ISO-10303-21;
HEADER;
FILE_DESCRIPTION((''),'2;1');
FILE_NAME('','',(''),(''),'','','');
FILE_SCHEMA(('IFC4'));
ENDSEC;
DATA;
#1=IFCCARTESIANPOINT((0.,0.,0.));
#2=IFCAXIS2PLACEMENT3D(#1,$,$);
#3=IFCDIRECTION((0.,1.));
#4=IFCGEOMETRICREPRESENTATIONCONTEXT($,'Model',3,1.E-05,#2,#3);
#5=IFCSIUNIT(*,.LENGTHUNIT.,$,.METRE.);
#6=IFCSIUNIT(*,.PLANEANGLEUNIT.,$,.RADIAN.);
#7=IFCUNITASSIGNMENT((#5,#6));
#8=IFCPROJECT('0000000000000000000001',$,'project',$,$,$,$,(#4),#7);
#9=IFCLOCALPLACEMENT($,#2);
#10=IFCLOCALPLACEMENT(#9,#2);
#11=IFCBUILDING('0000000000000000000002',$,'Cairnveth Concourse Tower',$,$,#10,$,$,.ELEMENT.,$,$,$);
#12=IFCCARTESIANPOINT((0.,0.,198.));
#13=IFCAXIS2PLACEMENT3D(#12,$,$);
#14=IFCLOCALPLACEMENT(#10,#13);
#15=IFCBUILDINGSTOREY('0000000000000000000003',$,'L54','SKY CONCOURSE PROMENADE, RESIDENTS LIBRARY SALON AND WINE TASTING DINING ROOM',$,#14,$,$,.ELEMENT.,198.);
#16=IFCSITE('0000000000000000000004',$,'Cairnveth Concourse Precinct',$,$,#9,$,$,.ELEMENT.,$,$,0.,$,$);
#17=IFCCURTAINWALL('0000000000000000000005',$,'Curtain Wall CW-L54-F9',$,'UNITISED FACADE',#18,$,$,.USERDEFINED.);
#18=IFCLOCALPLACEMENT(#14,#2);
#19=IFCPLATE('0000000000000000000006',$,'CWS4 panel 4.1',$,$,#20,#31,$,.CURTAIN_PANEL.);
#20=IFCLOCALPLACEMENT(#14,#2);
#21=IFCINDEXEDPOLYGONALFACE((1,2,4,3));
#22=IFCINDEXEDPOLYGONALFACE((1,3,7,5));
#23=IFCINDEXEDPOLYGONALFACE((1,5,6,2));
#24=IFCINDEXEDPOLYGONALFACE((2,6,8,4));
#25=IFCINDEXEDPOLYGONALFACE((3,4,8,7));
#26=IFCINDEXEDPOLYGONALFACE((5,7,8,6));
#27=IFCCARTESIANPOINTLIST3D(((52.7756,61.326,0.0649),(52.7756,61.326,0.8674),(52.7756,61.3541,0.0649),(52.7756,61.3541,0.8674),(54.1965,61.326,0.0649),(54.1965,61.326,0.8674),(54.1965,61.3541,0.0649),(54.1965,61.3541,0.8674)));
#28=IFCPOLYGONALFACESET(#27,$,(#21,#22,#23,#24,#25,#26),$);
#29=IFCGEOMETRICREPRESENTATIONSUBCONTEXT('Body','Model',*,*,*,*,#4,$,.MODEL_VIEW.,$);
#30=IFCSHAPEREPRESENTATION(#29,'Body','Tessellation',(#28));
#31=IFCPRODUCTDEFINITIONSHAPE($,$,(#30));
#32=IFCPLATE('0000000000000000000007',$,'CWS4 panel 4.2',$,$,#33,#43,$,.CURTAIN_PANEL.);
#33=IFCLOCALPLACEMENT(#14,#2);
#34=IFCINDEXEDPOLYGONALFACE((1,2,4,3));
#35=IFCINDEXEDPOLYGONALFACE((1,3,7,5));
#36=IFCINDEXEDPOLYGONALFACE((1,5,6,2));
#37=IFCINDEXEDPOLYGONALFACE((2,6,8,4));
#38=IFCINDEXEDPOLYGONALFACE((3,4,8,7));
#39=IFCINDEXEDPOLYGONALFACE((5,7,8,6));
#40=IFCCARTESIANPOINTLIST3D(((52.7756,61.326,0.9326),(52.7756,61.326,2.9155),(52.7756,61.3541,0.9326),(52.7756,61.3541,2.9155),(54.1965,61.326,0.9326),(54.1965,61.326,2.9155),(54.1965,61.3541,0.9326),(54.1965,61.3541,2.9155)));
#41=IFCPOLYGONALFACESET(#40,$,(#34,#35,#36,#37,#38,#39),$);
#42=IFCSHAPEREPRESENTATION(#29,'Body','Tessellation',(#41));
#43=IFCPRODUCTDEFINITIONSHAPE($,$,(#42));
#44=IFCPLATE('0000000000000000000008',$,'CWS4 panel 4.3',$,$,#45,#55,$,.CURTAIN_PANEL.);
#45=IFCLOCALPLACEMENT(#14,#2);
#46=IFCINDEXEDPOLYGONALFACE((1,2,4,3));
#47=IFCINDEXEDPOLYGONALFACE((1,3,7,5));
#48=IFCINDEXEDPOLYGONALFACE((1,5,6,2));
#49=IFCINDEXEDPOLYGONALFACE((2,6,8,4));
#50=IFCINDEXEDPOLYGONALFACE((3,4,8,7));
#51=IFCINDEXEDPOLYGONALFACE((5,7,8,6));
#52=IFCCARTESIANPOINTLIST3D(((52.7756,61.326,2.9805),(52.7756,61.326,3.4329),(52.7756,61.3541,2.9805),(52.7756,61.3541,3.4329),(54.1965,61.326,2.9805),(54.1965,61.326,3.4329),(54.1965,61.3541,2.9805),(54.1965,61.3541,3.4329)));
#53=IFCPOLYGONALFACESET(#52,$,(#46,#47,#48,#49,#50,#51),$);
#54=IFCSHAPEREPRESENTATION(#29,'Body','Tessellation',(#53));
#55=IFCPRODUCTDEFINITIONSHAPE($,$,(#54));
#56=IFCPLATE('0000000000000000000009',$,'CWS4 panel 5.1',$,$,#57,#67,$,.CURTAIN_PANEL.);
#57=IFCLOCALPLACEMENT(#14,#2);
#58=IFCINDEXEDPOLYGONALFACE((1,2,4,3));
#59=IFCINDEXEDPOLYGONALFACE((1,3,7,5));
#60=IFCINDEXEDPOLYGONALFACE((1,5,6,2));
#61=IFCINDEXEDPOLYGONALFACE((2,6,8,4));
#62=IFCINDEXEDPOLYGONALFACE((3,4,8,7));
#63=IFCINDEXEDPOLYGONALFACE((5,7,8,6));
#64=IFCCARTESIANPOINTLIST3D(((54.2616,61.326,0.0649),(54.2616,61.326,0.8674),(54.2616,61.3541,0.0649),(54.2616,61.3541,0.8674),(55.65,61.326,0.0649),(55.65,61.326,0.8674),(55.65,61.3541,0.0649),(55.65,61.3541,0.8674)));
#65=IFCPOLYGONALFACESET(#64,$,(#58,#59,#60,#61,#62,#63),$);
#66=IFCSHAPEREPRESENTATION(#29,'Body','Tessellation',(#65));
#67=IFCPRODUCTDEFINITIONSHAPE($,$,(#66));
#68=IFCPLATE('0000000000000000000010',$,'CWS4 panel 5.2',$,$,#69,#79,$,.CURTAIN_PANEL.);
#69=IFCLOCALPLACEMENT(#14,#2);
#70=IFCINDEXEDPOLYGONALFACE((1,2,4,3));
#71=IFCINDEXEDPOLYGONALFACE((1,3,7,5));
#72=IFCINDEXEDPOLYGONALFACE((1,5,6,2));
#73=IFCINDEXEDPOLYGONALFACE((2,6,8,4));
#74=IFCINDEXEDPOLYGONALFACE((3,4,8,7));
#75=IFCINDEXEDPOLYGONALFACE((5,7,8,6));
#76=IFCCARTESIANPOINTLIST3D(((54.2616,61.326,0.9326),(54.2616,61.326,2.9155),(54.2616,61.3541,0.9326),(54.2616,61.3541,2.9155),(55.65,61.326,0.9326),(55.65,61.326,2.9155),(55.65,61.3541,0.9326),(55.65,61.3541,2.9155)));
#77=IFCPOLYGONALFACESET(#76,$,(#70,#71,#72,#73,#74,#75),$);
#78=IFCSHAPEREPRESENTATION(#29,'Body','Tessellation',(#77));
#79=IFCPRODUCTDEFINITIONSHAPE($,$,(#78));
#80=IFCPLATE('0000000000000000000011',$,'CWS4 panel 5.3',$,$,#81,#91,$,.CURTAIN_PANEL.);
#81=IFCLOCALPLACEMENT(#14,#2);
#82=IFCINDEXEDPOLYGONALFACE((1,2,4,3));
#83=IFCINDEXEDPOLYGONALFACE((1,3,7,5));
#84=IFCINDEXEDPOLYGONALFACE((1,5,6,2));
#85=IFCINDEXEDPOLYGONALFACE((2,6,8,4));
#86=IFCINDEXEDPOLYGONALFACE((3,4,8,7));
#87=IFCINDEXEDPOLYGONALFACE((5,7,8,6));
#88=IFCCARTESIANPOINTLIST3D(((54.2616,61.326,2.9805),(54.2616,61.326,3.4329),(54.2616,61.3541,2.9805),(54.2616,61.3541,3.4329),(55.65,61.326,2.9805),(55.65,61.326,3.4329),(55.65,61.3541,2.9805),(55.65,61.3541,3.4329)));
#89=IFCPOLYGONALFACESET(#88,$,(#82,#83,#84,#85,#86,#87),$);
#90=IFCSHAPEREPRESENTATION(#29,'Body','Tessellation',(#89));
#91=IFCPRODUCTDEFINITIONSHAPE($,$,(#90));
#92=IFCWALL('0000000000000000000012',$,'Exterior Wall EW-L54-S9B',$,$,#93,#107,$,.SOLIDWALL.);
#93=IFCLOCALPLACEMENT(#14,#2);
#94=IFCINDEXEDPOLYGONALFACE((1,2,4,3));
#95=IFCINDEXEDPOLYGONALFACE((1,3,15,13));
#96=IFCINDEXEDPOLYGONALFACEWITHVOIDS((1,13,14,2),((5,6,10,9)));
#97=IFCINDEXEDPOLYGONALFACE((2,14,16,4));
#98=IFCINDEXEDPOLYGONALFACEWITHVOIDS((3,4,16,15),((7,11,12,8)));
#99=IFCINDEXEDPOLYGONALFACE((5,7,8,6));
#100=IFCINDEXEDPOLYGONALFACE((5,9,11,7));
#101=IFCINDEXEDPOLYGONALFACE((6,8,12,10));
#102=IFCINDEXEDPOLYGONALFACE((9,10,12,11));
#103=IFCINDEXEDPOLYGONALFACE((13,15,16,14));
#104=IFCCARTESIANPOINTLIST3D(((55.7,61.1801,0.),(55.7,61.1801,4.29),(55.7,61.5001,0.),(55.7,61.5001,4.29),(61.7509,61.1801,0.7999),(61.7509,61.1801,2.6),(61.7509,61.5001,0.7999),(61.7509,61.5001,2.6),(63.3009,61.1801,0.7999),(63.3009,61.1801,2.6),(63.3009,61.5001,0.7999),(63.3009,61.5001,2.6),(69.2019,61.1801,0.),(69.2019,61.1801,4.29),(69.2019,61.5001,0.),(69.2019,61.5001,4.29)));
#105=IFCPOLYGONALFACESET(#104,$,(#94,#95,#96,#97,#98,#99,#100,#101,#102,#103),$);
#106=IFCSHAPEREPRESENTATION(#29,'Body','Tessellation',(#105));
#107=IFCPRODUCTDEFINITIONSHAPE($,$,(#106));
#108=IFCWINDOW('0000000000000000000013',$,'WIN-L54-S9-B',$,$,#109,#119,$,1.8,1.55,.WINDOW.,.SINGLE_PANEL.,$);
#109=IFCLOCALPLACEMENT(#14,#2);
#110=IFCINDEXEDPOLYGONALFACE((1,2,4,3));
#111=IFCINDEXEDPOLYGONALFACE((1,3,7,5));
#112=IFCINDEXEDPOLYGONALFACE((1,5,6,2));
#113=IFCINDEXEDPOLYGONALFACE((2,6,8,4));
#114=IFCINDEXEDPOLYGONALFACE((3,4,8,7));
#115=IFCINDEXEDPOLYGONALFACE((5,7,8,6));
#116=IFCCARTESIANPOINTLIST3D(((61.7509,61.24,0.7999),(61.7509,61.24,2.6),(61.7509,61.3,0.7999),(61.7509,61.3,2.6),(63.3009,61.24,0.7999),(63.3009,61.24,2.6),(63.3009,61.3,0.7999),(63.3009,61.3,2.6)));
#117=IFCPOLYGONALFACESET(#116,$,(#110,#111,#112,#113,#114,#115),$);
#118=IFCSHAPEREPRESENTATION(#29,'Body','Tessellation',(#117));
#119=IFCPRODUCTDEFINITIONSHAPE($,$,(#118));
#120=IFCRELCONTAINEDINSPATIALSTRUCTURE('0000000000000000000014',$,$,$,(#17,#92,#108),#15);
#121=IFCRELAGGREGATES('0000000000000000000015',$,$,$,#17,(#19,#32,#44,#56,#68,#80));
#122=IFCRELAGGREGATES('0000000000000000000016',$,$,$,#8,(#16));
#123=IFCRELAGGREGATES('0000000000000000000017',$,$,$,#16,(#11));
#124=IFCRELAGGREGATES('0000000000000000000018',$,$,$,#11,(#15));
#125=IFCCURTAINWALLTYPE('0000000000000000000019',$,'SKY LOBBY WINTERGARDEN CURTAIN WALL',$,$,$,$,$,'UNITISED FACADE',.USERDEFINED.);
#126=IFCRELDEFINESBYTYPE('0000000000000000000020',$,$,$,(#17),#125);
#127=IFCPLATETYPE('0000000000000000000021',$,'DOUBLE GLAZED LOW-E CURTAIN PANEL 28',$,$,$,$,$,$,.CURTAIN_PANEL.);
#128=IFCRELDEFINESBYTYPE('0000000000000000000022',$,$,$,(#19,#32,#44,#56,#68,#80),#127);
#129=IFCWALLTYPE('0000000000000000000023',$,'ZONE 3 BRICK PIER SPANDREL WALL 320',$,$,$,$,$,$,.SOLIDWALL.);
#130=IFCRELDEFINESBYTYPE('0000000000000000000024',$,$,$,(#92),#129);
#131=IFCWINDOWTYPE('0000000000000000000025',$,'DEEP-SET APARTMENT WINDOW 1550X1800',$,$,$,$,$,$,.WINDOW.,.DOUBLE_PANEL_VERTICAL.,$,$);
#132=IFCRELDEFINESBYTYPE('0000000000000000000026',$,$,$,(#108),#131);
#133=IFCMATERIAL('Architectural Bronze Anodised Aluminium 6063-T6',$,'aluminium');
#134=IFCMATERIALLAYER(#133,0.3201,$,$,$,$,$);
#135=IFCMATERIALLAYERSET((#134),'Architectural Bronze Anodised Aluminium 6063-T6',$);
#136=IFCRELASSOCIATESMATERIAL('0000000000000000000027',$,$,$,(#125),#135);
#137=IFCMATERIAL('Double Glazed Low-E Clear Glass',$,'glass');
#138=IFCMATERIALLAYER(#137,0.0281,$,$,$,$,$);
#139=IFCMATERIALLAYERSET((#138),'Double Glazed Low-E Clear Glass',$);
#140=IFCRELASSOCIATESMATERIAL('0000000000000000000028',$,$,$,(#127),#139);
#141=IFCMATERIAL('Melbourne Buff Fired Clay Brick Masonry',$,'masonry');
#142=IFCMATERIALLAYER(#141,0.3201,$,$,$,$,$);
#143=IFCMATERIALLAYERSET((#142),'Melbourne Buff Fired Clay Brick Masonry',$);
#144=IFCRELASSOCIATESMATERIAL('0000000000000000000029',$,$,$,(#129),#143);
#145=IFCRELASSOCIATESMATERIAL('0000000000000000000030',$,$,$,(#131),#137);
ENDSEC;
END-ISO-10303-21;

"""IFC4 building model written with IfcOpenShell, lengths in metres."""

from ifc_helpers import new_model, si_unit, direction, frame, frame_2d, origin, origin_2d, place, context, subcontext, project, spatial, rectangle, extrude, material, layer, layer_set, type_object, element, fill, aggregate, save


model = new_model("IFC4")

# Units and contexts
model_context = context("Model", 3, precision=1e-05, world=origin(), true_north=direction((0.0, 1.0)))
body_context = subcontext(model_context, "Body", "Model", "MODEL_VIEW")
ifc_project = project(units=[si_unit("LENGTHUNIT", "METRE"), si_unit("PLANEANGLEUNIT", "RADIAN")], contexts=[model_context])

# Site, building, storey
site_placement = place(None, origin())
site = spatial("IfcSite", under=ifc_project, at=site_placement, Name="Cairnveth Concourse Precinct", CompositionType="ELEMENT", RefElevation=0.0)
building_placement = place(site_placement, origin())
building = spatial("IfcBuilding", under=site, at=building_placement, Name="Cairnveth Concourse Tower", CompositionType="ELEMENT")
storey_placement = place(building_placement, frame((0.0, 0.0, 198.0)))
storey = spatial("IfcBuildingStorey", under=building, at=storey_placement, Name="L54", Description="SKY CONCOURSE PROMENADE, RESIDENTS LIBRARY SALON AND WINE TASTING DINING ROOM", CompositionType="ELEMENT", Elevation=198.0)

# Curtain wall, plates
ifc_material_1 = material(Name="Architectural Bronze Anodised Aluminium 6063-T6", Category="aluminium")
ifc_layer_1 = layer(ifc_material_1, 0.3201)
ifc_layer_set_1 = layer_set([ifc_layer_1], Name="Architectural Bronze Anodised Aluminium 6063-T6")
curtain_wall_type = type_object("IfcCurtainWallType", Name="SKY LOBBY WINTERGARDEN CURTAIN WALL", ElementType="UNITISED FACADE", PredefinedType="USERDEFINED", material=ifc_layer_set_1)
curtain_wall_placement = place(storey_placement, origin())
curtain_wall = element("IfcCurtainWall", 1, at=curtain_wall_placement, inside=storey, type_object=curtain_wall_type, Name="Curtain Wall CW-L54-F9", ObjectType="UNITISED FACADE", PredefinedType="USERDEFINED")
ifc_material_2 = material(Name="Double Glazed Low-E Clear Glass", Category="glass")
ifc_layer_2 = layer(ifc_material_2, 0.0281)
ifc_layer_set_2 = layer_set([ifc_layer_2], Name="Double Glazed Low-E Clear Glass")
plate_type = type_object("IfcPlateType", Name="DOUBLE GLAZED LOW-E CURTAIN PANEL 28", PredefinedType="CURTAIN_PANEL", material=ifc_layer_set_2)
plate_1_placement = place(storey_placement, frame((53.4861, 61.3401, 0.0649), z_axis=(0.0, 0.0, 1.0), x_axis=(1.0, 0.0, 0.0)))
plate_1 = element("IfcPlate", 2, at=plate_1_placement, type_object=plate_type, Name="CWS4 panel 4.1", PredefinedType="CURTAIN_PANEL", context=body_context, shape_type="SweptSolid", body=[
    extrude(rectangle(XDim=1.4209, YDim=0.0281, at=origin_2d()), origin(), (0.0, 0.0, 1.0), 0.8025),
])
plate_2_placement = place(storey_placement, frame((53.4861, 61.3401, 0.9326), z_axis=(0.0, 0.0, 1.0), x_axis=(1.0, 0.0, 0.0)))
plate_2 = element("IfcPlate", 3, at=plate_2_placement, type_object=plate_type, Name="CWS4 panel 4.2", PredefinedType="CURTAIN_PANEL", context=body_context, shape_type="SweptSolid", body=[
    extrude(rectangle(XDim=1.4209, YDim=0.0281, at=origin_2d()), origin(), (0.0, 0.0, 1.0), 1.9829),
])
plate_3_placement = place(storey_placement, frame((53.4861, 61.3401, 2.9805), z_axis=(0.0, 0.0, 1.0), x_axis=(1.0, 0.0, 0.0)))
plate_3 = element("IfcPlate", 4, at=plate_3_placement, type_object=plate_type, Name="CWS4 panel 4.3", PredefinedType="CURTAIN_PANEL", context=body_context, shape_type="SweptSolid", body=[
    extrude(rectangle(XDim=1.4209, YDim=0.0281, at=origin_2d()), origin(), (0.0, 0.0, 1.0), 0.4524),
])
plate_4_placement = place(storey_placement, frame((54.9558, 61.3401, 0.0649), z_axis=(0.0, 0.0, 1.0), x_axis=(1.0, 0.0, 0.0)))
plate_4 = element("IfcPlate", 5, at=plate_4_placement, type_object=plate_type, Name="CWS4 panel 5.1", PredefinedType="CURTAIN_PANEL", context=body_context, shape_type="SweptSolid", body=[
    extrude(rectangle(XDim=1.3884, YDim=0.0281, at=origin_2d()), origin(), (0.0, 0.0, 1.0), 0.8025),
])
plate_5_placement = place(storey_placement, frame((54.9558, 61.3401, 0.9326), z_axis=(0.0, 0.0, 1.0), x_axis=(1.0, 0.0, 0.0)))
plate_5 = element("IfcPlate", 6, at=plate_5_placement, type_object=plate_type, Name="CWS4 panel 5.2", PredefinedType="CURTAIN_PANEL", context=body_context, shape_type="SweptSolid", body=[
    extrude(rectangle(XDim=1.3884, YDim=0.0281, at=origin_2d()), origin(), (0.0, 0.0, 1.0), 1.9829),
])
plate_6_placement = place(storey_placement, frame((54.9558, 61.3401, 2.9805), z_axis=(0.0, 0.0, 1.0), x_axis=(1.0, 0.0, 0.0)))
plate_6 = element("IfcPlate", 7, at=plate_6_placement, type_object=plate_type, Name="CWS4 panel 5.3", PredefinedType="CURTAIN_PANEL", context=body_context, shape_type="SweptSolid", body=[
    extrude(rectangle(XDim=1.3884, YDim=0.0281, at=origin_2d()), origin(), (0.0, 0.0, 1.0), 0.4524),
])
aggregate(curtain_wall, [plate_1, plate_2, plate_3, plate_4, plate_5, plate_6])

# Wall, opening, window
ifc_material_3 = material(Name="Melbourne Buff Fired Clay Brick Masonry", Category="masonry")
ifc_layer_3 = layer(ifc_material_3, 0.3201)
ifc_layer_set_3 = layer_set([ifc_layer_3], Name="Melbourne Buff Fired Clay Brick Masonry")
wall_type = type_object("IfcWallType", Name="ZONE 3 BRICK PIER SPANDREL WALL 320", PredefinedType="SOLIDWALL", material=ifc_layer_set_3)
wall_placement = place(storey_placement, frame((55.7, 61.3401, 0.0), z_axis=(0.0, 0.0, 1.0), x_axis=(1.0, 0.0, 0.0)))
wall = element("IfcWall", 8, at=wall_placement, inside=storey, type_object=wall_type, Name="Exterior Wall EW-L54-S9B", PredefinedType="SOLIDWALL", context=body_context, shape_type="SweptSolid", body=[
    extrude(rectangle(XDim=13.502, YDim=0.3201, at=frame_2d((6.751, 0.0))), origin(), (0.0, 0.0, 1.0), 4.29),
])
opening_placement = place(wall_placement, frame((6.051, 0.0, 0.8)))
opening = element("IfcOpeningElement", 9, at=opening_placement, cuts=wall, PredefinedType="OPENING", context=body_context, shape_type="SweptSolid", body=[
    extrude(rectangle(XDim=1.55, YDim=1.8, at=frame_2d((0.7749, 0.8999))), frame((0.0, 0.1699, 0.0), z_axis=(0.0, -1.0, 0.0), x_axis=(1.0, 0.0, 0.0)), (0.0, 0.0, 1.0), 0.3401),
])
window_type = type_object("IfcWindowType", Name="DEEP-SET APARTMENT WINDOW 1550X1800", PartitioningType="DOUBLE_PANEL_VERTICAL", PredefinedType="WINDOW", material=ifc_material_2)
window_placement = place(opening_placement, origin())
window = element("IfcWindow", 10, at=window_placement, inside=storey, type_object=window_type, Name="WIN-L54-S9-B", OverallHeight=1.8, OverallWidth=1.55, PartitioningType="SINGLE_PANEL", PredefinedType="WINDOW", context=body_context, shape_type="SweptSolid", body=[
    extrude(rectangle(XDim=1.55, YDim=1.8, at=frame_2d((0.7749, 0.8999))), frame((0.0, -0.04, 0.0), z_axis=(0.0, -1.0, 0.0), x_axis=(1.0, 0.0, 0.0)), (0.0, 0.0, 1.0), 0.0601),
])
fill(opening, window)

save(model, "model.ifc")
